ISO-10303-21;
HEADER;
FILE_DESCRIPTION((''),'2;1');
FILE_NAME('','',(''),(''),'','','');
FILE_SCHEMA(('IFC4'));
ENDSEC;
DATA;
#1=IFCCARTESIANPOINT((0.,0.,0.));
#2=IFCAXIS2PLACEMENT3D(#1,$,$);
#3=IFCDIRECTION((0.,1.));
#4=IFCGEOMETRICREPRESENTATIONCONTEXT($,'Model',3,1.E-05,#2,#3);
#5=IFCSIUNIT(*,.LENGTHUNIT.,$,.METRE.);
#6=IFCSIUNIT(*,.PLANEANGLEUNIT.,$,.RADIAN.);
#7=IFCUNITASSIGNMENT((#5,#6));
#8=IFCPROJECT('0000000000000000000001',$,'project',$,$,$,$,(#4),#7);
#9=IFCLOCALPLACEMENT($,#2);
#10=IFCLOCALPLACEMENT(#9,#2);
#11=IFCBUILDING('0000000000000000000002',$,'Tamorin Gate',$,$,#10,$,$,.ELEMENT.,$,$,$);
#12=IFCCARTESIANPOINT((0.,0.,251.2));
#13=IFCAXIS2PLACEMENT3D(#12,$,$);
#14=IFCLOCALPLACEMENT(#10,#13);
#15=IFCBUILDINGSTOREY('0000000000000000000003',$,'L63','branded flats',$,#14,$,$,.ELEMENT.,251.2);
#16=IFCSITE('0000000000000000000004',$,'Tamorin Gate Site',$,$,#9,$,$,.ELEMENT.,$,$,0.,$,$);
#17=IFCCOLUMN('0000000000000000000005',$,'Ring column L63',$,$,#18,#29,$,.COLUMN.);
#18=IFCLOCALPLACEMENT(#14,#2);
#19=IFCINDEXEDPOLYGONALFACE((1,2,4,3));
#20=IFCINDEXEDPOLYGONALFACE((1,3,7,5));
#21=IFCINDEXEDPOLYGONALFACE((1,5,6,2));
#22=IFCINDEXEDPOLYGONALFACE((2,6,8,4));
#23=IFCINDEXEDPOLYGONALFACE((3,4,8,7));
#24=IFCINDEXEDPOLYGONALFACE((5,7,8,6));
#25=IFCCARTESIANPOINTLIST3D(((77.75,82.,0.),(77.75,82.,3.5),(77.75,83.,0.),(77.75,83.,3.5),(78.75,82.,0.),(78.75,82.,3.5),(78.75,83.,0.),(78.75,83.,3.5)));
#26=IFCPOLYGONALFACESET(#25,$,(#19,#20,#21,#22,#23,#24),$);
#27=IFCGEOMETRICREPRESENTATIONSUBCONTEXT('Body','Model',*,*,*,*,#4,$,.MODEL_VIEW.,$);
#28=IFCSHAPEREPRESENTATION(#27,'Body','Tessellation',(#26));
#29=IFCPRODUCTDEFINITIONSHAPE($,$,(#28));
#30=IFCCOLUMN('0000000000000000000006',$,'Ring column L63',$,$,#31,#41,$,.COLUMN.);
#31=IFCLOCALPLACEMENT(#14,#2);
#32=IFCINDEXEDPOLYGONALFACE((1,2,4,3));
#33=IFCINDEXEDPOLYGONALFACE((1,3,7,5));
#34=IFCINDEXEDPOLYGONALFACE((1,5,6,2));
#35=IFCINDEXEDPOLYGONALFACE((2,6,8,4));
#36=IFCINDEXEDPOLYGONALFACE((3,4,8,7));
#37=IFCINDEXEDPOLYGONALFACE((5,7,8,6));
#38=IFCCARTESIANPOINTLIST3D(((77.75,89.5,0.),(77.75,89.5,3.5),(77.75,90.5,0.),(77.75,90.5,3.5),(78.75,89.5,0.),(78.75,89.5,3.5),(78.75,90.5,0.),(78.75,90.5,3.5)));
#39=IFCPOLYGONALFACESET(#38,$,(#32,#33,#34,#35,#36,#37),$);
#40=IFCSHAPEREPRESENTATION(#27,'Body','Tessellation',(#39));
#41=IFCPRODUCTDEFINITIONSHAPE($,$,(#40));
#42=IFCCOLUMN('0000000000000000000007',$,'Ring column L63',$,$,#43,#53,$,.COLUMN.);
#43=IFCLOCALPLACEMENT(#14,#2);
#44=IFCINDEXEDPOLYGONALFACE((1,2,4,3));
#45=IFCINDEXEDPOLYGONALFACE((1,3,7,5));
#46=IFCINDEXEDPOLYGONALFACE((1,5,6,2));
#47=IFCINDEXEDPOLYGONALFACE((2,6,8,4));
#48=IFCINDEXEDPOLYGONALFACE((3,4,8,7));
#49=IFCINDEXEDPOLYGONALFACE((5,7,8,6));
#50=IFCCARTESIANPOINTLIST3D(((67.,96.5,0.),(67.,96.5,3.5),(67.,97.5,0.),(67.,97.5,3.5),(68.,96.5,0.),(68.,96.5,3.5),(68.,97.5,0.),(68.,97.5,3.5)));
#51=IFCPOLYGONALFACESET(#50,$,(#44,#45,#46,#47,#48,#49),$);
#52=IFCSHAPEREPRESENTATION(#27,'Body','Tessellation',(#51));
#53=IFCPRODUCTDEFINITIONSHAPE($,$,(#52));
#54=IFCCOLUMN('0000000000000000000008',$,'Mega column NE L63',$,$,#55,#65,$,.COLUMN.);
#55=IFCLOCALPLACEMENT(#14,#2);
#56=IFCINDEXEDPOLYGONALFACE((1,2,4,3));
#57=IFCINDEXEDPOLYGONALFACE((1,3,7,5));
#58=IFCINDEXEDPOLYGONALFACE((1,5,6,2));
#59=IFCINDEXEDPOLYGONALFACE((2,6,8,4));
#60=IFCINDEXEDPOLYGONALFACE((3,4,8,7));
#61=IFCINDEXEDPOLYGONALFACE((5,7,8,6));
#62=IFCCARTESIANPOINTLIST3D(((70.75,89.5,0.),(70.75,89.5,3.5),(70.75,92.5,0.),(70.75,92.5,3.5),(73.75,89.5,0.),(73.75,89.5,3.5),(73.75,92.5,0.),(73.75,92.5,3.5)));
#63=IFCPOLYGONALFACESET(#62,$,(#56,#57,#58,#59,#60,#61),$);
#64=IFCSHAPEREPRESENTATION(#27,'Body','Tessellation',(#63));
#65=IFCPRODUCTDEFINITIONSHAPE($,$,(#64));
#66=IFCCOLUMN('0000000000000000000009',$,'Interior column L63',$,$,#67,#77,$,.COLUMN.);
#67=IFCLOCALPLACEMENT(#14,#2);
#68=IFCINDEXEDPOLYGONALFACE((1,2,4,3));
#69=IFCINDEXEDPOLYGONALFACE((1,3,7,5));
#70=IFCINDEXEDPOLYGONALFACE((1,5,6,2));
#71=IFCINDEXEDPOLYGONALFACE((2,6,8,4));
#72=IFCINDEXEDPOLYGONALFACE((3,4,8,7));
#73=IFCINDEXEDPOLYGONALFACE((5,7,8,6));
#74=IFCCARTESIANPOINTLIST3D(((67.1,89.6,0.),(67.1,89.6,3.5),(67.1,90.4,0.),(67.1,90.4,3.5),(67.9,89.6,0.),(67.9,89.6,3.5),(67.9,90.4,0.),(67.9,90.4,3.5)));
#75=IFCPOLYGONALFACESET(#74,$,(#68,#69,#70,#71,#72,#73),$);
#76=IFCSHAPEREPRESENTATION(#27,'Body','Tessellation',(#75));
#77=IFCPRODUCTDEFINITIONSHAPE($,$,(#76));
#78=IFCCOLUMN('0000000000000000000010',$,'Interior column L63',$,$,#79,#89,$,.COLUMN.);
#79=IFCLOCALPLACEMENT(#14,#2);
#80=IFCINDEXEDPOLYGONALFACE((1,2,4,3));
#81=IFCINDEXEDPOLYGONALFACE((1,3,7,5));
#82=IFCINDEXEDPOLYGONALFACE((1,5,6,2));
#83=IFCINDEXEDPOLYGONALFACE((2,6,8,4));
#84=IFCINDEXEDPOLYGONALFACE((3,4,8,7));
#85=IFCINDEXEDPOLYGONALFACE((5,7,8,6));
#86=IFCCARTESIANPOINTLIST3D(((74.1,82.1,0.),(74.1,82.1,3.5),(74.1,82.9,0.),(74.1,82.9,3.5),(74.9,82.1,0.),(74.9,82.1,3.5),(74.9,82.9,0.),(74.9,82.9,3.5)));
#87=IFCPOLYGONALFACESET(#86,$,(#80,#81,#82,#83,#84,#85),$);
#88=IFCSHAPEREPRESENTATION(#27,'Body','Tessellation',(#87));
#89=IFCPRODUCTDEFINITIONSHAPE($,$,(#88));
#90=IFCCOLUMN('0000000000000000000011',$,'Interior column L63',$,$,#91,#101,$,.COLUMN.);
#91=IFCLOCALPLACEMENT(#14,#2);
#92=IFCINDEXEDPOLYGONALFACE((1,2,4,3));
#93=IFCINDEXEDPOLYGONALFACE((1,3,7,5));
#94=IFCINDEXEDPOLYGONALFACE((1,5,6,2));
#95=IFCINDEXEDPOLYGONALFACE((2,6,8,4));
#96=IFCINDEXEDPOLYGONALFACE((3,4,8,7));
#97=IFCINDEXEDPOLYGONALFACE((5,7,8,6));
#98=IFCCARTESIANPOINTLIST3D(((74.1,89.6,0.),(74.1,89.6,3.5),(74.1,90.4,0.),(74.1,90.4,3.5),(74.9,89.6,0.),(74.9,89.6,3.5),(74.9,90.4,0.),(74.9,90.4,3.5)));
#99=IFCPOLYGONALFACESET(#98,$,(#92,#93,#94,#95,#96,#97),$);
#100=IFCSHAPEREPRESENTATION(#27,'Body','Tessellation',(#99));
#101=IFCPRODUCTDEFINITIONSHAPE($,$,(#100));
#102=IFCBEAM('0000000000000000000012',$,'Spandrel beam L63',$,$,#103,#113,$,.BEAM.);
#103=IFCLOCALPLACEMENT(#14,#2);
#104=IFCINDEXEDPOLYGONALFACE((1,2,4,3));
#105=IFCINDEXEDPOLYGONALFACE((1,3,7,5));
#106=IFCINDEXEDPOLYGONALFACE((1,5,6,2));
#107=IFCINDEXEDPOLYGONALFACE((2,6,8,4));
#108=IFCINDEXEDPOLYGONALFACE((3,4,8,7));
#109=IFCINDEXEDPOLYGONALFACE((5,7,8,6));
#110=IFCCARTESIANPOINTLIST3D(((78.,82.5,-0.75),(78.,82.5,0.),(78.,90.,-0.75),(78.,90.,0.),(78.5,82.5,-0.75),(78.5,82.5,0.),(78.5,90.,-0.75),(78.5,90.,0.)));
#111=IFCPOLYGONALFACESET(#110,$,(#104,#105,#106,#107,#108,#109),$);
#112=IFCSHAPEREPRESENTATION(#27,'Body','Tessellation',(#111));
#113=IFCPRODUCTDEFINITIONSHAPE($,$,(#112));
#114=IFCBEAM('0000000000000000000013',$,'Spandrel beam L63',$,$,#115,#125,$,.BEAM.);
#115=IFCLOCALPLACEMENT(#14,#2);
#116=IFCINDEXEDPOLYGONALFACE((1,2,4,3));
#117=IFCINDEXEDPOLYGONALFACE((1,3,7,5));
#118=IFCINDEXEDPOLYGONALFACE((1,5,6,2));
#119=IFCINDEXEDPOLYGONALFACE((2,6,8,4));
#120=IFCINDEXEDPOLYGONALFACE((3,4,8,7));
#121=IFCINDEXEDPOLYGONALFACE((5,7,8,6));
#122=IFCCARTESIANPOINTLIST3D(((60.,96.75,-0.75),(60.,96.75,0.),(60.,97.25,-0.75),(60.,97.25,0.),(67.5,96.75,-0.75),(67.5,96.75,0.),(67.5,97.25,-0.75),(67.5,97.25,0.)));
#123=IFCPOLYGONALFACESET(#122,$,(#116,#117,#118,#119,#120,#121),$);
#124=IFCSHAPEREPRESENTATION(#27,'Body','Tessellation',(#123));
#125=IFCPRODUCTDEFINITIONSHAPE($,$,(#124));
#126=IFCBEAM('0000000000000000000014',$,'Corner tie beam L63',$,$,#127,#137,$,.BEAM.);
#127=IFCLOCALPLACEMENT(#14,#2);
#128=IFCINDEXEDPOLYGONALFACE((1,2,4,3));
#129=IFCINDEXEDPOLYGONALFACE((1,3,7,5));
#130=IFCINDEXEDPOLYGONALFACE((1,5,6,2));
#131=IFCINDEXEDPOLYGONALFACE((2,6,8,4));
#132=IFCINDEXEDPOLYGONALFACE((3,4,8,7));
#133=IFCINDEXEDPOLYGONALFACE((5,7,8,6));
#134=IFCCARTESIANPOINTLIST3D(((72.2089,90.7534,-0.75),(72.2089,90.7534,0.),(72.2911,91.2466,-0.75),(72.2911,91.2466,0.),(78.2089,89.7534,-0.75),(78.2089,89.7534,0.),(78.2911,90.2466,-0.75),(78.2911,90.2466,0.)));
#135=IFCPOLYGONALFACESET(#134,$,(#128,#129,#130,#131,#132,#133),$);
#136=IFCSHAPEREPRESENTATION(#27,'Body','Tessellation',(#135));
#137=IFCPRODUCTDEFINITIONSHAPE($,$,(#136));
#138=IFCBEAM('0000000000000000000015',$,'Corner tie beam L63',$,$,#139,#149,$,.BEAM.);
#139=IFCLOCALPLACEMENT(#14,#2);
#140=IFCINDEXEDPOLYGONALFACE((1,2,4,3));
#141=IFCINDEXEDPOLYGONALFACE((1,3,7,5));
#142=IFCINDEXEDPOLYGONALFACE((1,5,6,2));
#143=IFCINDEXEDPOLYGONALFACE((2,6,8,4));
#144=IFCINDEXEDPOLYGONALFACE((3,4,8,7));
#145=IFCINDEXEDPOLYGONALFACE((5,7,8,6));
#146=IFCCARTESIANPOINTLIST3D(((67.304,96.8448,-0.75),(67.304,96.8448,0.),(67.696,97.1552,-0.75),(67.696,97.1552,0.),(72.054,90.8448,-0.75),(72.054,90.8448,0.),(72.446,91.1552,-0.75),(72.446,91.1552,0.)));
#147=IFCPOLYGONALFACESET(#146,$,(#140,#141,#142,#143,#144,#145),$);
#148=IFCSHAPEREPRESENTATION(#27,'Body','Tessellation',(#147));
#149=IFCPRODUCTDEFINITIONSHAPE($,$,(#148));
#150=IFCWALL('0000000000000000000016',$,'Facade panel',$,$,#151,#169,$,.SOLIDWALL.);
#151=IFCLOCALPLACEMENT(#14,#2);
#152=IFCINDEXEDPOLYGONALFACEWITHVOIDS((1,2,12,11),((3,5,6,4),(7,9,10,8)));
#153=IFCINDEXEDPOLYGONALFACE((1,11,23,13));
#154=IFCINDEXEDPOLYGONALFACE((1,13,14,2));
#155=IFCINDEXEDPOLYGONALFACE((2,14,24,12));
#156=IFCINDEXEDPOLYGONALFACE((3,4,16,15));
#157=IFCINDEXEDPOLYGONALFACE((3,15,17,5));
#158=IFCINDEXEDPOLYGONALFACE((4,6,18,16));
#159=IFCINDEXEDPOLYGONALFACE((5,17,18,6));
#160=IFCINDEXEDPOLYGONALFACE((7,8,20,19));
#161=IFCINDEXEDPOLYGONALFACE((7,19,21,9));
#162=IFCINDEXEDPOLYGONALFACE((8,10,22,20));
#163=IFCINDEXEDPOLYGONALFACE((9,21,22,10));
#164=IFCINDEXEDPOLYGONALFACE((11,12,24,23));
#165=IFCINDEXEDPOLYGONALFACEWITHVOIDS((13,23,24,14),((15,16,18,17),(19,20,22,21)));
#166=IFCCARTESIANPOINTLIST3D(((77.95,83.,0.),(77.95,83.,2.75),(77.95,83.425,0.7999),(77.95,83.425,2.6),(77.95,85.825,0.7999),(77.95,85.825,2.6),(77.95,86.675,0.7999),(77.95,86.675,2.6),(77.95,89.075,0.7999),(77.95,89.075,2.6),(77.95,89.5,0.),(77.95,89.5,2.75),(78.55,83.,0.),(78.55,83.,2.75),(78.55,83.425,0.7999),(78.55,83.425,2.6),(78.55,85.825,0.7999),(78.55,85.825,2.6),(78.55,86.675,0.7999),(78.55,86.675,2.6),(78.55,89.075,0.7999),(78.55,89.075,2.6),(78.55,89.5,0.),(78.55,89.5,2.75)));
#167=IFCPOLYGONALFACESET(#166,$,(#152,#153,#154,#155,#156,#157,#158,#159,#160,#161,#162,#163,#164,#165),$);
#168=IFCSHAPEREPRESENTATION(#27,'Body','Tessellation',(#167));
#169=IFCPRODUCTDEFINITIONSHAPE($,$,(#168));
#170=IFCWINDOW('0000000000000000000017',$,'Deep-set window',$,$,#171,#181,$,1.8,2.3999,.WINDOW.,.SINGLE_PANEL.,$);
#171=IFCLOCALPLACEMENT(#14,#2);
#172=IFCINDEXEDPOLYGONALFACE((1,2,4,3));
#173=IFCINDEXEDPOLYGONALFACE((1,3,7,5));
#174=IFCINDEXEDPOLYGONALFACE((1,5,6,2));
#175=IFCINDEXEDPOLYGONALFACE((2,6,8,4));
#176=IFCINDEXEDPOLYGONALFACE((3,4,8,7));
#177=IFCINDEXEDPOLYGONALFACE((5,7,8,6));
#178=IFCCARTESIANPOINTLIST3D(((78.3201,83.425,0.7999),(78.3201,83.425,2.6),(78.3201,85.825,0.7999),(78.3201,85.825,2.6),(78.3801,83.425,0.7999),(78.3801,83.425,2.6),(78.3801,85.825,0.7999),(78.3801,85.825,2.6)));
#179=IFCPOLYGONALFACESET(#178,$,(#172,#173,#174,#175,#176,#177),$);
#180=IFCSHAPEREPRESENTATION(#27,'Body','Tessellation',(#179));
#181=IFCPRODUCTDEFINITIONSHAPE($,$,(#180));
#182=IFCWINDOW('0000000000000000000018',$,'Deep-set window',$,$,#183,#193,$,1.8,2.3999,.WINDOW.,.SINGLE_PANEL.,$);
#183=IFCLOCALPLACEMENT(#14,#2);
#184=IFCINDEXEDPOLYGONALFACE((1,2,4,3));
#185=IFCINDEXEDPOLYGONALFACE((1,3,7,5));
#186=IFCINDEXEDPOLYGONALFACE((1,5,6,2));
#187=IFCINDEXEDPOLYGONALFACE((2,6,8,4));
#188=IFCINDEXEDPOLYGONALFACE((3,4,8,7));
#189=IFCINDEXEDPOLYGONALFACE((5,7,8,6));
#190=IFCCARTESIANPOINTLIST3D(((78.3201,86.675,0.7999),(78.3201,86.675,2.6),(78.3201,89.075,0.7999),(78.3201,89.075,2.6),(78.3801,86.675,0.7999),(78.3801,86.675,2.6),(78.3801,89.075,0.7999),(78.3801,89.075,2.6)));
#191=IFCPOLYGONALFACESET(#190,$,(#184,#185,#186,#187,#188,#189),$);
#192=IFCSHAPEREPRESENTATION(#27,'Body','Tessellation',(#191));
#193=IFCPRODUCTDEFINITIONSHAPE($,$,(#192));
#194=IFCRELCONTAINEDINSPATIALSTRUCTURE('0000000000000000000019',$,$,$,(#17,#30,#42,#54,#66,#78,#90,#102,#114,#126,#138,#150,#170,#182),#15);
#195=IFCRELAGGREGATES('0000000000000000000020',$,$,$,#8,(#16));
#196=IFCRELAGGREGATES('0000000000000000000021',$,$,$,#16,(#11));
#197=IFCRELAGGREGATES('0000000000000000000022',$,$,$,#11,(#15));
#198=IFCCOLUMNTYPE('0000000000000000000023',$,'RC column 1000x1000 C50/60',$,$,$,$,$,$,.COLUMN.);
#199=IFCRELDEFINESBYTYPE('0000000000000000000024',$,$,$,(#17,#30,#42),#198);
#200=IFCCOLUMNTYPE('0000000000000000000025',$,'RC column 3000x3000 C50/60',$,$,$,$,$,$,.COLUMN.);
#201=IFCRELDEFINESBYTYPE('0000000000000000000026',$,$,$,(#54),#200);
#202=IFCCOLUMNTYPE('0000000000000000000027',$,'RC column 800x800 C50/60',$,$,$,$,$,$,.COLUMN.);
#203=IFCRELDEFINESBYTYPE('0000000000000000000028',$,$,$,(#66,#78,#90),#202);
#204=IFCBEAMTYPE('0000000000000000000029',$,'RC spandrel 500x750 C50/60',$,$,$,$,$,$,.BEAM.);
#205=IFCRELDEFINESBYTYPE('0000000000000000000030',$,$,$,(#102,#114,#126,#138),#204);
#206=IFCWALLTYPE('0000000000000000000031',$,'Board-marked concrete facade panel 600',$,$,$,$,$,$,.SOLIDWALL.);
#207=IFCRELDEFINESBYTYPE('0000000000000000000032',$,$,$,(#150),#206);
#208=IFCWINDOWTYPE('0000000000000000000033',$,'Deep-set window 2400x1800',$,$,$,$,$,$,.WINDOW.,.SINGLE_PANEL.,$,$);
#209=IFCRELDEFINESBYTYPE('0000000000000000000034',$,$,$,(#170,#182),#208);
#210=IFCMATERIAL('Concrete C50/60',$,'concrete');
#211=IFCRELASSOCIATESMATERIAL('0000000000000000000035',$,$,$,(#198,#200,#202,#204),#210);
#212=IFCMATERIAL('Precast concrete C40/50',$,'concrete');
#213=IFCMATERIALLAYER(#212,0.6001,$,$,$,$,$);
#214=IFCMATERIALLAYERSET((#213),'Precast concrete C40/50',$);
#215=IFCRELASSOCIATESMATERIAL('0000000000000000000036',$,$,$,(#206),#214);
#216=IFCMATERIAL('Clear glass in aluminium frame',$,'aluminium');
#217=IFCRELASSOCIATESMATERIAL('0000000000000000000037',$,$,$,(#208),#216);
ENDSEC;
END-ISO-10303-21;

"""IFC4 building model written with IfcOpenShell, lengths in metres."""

from ifc_helpers import new_model, si_unit, direction, frame, frame_2d, origin, origin_2d, place, context, subcontext, project, spatial, rectangle, extrude, material, layer, layer_set, material_profile, profile_set, type_object, element, fill, save


model = new_model("IFC4")

# Units and contexts
model_context = context("Model", 3, precision=1e-05, world=origin(), true_north=direction((0.0, 1.0)))
body_context = subcontext(model_context, "Body", "Model", "MODEL_VIEW")
ifc_project = project(units=[si_unit("LENGTHUNIT", "METRE"), si_unit("PLANEANGLEUNIT", "RADIAN")], contexts=[model_context])

# Site, building, storey
site_placement = place(None, origin())
site = spatial("IfcSite", under=ifc_project, at=site_placement, Name="Tamorin Gate Site", CompositionType="ELEMENT", RefElevation=0.0)
building_placement = place(site_placement, origin())
building = spatial("IfcBuilding", under=site, at=building_placement, Name="Tamorin Gate", CompositionType="ELEMENT")
storey_placement = place(building_placement, frame((0.0, 0.0, 251.2)))
storey = spatial("IfcBuildingStorey", under=building, at=storey_placement, Name="L63", Description="branded flats", CompositionType="ELEMENT", Elevation=251.2)

# Columns
ifc_material_1 = material(Name="Concrete C50/60", Category="concrete")
ifc_material_profile_1 = material_profile(ifc_material_1, rectangle(XDim=1.0, YDim=1.0, at=origin_2d()), Name="RC 1000x1000")
ifc_profile_set_1 = profile_set([ifc_material_profile_1], Name="Concrete C50/60")
column_type_1 = type_object("IfcColumnType", Name="RC column 1000x1000 C50/60", PredefinedType="COLUMN", material=ifc_profile_set_1)
for number, where, z_axis, x_axis, name in (
    (1, (78.25, 82.5, 0.0), (0.0, 0.0, 1.0), (1.0, 0.0, 0.0), "Ring column L63"),
    (2, (78.25, 90.0, 0.0), (0.0, 0.0, 1.0), (1.0, 0.0, 0.0), "Ring column L63"),
    (3, (67.5, 97.0, 0.0), (0.0, 0.0, 1.0), (1.0, 0.0, 0.0), "Ring column L63"),
):
    element("IfcColumn", number, at=place(storey_placement, frame(where, z_axis=z_axis, x_axis=x_axis)), inside=storey, type_object=column_type_1, Name=name, PredefinedType="COLUMN", context=body_context, shape_type="SweptSolid", body=[
        extrude(rectangle(XDim=1.0, YDim=1.0, at=origin_2d()), origin(), (0.0, 0.0, 1.0), 3.5),
    ])
ifc_material_profile_2 = material_profile(ifc_material_1, rectangle(XDim=3.0, YDim=3.0, at=origin_2d()), Name="RC 3000x3000")
ifc_profile_set_2 = profile_set([ifc_material_profile_2], Name="Concrete C50/60")
column_type_2 = type_object("IfcColumnType", Name="RC column 3000x3000 C50/60", PredefinedType="COLUMN", material=ifc_profile_set_2)
column_placement = place(storey_placement, frame((72.25, 91.0, 0.0), z_axis=(0.0, 0.0, 1.0), x_axis=(1.0, 0.0, 0.0)))
element("IfcColumn", 4, at=column_placement, inside=storey, type_object=column_type_2, Name="Mega column NE L63", PredefinedType="COLUMN", context=body_context, shape_type="SweptSolid", body=[
    extrude(rectangle(XDim=3.0, YDim=3.0, at=origin_2d()), origin(), (0.0, 0.0, 1.0), 3.5),
])
ifc_material_profile_3 = material_profile(ifc_material_1, rectangle(XDim=0.8, YDim=0.8, at=origin_2d()), Name="RC 800x800")
ifc_profile_set_3 = profile_set([ifc_material_profile_3], Name="Concrete C50/60")
column_type_3 = type_object("IfcColumnType", Name="RC column 800x800 C50/60", PredefinedType="COLUMN", material=ifc_profile_set_3)
for number, where, z_axis, x_axis, name in (
    (5, (67.5, 90.0, 0.0), (0.0, 0.0, 1.0), (1.0, 0.0, 0.0), "Interior column L63"),
    (6, (74.5, 82.5, 0.0), (0.0, 0.0, 1.0), (1.0, 0.0, 0.0), "Interior column L63"),
    (7, (74.5, 90.0, 0.0), (0.0, 0.0, 1.0), (1.0, 0.0, 0.0), "Interior column L63"),
):
    element("IfcColumn", number, at=place(storey_placement, frame(where, z_axis=z_axis, x_axis=x_axis)), inside=storey, type_object=column_type_3, Name=name, PredefinedType="COLUMN", context=body_context, shape_type="SweptSolid", body=[
        extrude(rectangle(XDim=0.8, YDim=0.8, at=origin_2d()), origin(), (0.0, 0.0, 1.0), 3.5),
    ])

# Beams
ifc_material_profile_4 = material_profile(ifc_material_1, rectangle(XDim=0.5, YDim=0.75, at=origin_2d()), Name="RC 500x750")
ifc_profile_set_4 = profile_set([ifc_material_profile_4], Name="Concrete C50/60")
beam_type = type_object("IfcBeamType", Name="RC spandrel 500x750 C50/60", PredefinedType="BEAM", material=ifc_profile_set_4)
for number, where, z_axis, x_axis, name in (
    (8, (78.25, 82.5, -0.375), (0.0, 1.0, 0.0), (-1.0, 0.0, 0.0), "Spandrel beam L63"),
    (9, (67.5, 97.0, -0.375), (-1.0, 0.0, 0.0), (0.0, -1.0, 0.0), "Spandrel beam L63"),
):
    element("IfcBeam", number, at=place(storey_placement, frame(where, z_axis=z_axis, x_axis=x_axis)), inside=storey, type_object=beam_type, Name=name, PredefinedType="BEAM", context=body_context, shape_type="SweptSolid", body=[
        extrude(rectangle(XDim=0.5, YDim=0.75, at=origin_2d()), origin(), (0.0, 0.0, 1.0), 7.5),
    ])
beam_1_placement = place(storey_placement, frame((72.25, 91.0, -0.375), z_axis=(0.986394, -0.164399, 0.0), x_axis=(0.164399, 0.986394, 0.0)))
element("IfcBeam", 10, at=beam_1_placement, inside=storey, type_object=beam_type, Name="Corner tie beam L63", PredefinedType="BEAM", context=body_context, shape_type="SweptSolid", body=[
    extrude(rectangle(XDim=0.5, YDim=0.75, at=origin_2d()), origin(), (0.0, 0.0, 1.0), 6.0828),
])
beam_2_placement = place(storey_placement, frame((72.25, 91.0, -0.375), z_axis=(-0.620703, 0.784046, 0.0), x_axis=(-0.784046, -0.620703, 0.0)))
element("IfcBeam", 11, at=beam_2_placement, inside=storey, type_object=beam_type, Name="Corner tie beam L63", PredefinedType="BEAM", context=body_context, shape_type="SweptSolid", body=[
    extrude(rectangle(XDim=0.5, YDim=0.75, at=origin_2d()), origin(), (0.0, 0.0, 1.0), 7.6526),
])

# Wall, openings, windows
ifc_material_2 = material(Name="Precast concrete C40/50", Category="concrete")
ifc_layer = layer(ifc_material_2, 0.6001)
ifc_layer_set = layer_set([ifc_layer], Name="Precast concrete C40/50")
wall_type = type_object("IfcWallType", Name="Board-marked concrete facade panel 600", PredefinedType="SOLIDWALL", material=ifc_layer_set)
wall_1_placement = place(storey_placement, frame((78.25, 83.0, 0.0), z_axis=(0.0, 0.0, 1.0), x_axis=(0.0, 1.0, 0.0)))
wall_1 = element("IfcWall", 12, at=wall_1_placement, inside=storey, type_object=wall_type, Name="Facade panel", PredefinedType="SOLIDWALL", context=body_context, shape_type="SweptSolid", body=[
    extrude(rectangle(XDim=6.5, YDim=0.6001, at=frame_2d((3.25, 0.0))), origin(), (0.0, 0.0, 1.0), 2.75),
])
opening_1_placement = place(wall_1_placement, frame((0.425, 0.0, 0.8)))
opening_1 = element("IfcOpeningElement", 13, at=opening_1_placement, cuts=wall_1, PredefinedType="OPENING", context=body_context, shape_type="SweptSolid", body=[
    extrude(rectangle(XDim=2.3999, YDim=1.8, at=frame_2d((1.2, 0.8999))), frame((0.0, 0.3101, 0.0), z_axis=(0.0, -1.0, 0.0), x_axis=(1.0, 0.0, 0.0)), (0.0, 0.0, 1.0), 0.6201),
])
opening_2_placement = place(wall_1_placement, frame((3.675, 0.0, 0.8)))
opening_2 = element("IfcOpeningElement", 14, at=opening_2_placement, cuts=wall_1, PredefinedType="OPENING", context=body_context, shape_type="SweptSolid", body=[
    extrude(rectangle(XDim=2.3999, YDim=1.8, at=frame_2d((1.2, 0.8999))), frame((0.0, 0.3101, 0.0), z_axis=(0.0, -1.0, 0.0), x_axis=(1.0, 0.0, 0.0)), (0.0, 0.0, 1.0), 0.6201),
])
ifc_material_3 = material(Name="Clear glass in aluminium frame", Category="aluminium")
window_type = type_object("IfcWindowType", Name="Deep-set window 2400x1800", PartitioningType="SINGLE_PANEL", PredefinedType="WINDOW", material=ifc_material_3)
window_1_placement = place(opening_1_placement, origin())
window_1 = element("IfcWindow", 15, at=window_1_placement, inside=storey, type_object=window_type, Name="Deep-set window", OverallHeight=1.8, OverallWidth=2.3999, PartitioningType="SINGLE_PANEL", PredefinedType="WINDOW", context=body_context, shape_type="SweptSolid", body=[
    extrude(rectangle(XDim=2.3999, YDim=1.8, at=frame_2d((1.2, 0.8999))), frame((0.0, -0.0701, 0.0), z_axis=(0.0, -1.0, 0.0), x_axis=(1.0, 0.0, 0.0)), (0.0, 0.0, 1.0), 0.0601),
])
fill(opening_1, window_1)
window_2_placement = place(opening_2_placement, origin())
window_2 = element("IfcWindow", 16, at=window_2_placement, inside=storey, type_object=window_type, Name="Deep-set window", OverallHeight=1.8, OverallWidth=2.3999, PartitioningType="SINGLE_PANEL", PredefinedType="WINDOW", context=body_context, shape_type="SweptSolid", body=[
    extrude(rectangle(XDim=2.3999, YDim=1.8, at=frame_2d((1.2, 0.8999))), frame((0.0, -0.0701, 0.0), z_axis=(0.0, -1.0, 0.0), x_axis=(1.0, 0.0, 0.0)), (0.0, 0.0, 1.0), 0.0601),
])
fill(opening_2, window_2)

save(model, "model.ifc")
